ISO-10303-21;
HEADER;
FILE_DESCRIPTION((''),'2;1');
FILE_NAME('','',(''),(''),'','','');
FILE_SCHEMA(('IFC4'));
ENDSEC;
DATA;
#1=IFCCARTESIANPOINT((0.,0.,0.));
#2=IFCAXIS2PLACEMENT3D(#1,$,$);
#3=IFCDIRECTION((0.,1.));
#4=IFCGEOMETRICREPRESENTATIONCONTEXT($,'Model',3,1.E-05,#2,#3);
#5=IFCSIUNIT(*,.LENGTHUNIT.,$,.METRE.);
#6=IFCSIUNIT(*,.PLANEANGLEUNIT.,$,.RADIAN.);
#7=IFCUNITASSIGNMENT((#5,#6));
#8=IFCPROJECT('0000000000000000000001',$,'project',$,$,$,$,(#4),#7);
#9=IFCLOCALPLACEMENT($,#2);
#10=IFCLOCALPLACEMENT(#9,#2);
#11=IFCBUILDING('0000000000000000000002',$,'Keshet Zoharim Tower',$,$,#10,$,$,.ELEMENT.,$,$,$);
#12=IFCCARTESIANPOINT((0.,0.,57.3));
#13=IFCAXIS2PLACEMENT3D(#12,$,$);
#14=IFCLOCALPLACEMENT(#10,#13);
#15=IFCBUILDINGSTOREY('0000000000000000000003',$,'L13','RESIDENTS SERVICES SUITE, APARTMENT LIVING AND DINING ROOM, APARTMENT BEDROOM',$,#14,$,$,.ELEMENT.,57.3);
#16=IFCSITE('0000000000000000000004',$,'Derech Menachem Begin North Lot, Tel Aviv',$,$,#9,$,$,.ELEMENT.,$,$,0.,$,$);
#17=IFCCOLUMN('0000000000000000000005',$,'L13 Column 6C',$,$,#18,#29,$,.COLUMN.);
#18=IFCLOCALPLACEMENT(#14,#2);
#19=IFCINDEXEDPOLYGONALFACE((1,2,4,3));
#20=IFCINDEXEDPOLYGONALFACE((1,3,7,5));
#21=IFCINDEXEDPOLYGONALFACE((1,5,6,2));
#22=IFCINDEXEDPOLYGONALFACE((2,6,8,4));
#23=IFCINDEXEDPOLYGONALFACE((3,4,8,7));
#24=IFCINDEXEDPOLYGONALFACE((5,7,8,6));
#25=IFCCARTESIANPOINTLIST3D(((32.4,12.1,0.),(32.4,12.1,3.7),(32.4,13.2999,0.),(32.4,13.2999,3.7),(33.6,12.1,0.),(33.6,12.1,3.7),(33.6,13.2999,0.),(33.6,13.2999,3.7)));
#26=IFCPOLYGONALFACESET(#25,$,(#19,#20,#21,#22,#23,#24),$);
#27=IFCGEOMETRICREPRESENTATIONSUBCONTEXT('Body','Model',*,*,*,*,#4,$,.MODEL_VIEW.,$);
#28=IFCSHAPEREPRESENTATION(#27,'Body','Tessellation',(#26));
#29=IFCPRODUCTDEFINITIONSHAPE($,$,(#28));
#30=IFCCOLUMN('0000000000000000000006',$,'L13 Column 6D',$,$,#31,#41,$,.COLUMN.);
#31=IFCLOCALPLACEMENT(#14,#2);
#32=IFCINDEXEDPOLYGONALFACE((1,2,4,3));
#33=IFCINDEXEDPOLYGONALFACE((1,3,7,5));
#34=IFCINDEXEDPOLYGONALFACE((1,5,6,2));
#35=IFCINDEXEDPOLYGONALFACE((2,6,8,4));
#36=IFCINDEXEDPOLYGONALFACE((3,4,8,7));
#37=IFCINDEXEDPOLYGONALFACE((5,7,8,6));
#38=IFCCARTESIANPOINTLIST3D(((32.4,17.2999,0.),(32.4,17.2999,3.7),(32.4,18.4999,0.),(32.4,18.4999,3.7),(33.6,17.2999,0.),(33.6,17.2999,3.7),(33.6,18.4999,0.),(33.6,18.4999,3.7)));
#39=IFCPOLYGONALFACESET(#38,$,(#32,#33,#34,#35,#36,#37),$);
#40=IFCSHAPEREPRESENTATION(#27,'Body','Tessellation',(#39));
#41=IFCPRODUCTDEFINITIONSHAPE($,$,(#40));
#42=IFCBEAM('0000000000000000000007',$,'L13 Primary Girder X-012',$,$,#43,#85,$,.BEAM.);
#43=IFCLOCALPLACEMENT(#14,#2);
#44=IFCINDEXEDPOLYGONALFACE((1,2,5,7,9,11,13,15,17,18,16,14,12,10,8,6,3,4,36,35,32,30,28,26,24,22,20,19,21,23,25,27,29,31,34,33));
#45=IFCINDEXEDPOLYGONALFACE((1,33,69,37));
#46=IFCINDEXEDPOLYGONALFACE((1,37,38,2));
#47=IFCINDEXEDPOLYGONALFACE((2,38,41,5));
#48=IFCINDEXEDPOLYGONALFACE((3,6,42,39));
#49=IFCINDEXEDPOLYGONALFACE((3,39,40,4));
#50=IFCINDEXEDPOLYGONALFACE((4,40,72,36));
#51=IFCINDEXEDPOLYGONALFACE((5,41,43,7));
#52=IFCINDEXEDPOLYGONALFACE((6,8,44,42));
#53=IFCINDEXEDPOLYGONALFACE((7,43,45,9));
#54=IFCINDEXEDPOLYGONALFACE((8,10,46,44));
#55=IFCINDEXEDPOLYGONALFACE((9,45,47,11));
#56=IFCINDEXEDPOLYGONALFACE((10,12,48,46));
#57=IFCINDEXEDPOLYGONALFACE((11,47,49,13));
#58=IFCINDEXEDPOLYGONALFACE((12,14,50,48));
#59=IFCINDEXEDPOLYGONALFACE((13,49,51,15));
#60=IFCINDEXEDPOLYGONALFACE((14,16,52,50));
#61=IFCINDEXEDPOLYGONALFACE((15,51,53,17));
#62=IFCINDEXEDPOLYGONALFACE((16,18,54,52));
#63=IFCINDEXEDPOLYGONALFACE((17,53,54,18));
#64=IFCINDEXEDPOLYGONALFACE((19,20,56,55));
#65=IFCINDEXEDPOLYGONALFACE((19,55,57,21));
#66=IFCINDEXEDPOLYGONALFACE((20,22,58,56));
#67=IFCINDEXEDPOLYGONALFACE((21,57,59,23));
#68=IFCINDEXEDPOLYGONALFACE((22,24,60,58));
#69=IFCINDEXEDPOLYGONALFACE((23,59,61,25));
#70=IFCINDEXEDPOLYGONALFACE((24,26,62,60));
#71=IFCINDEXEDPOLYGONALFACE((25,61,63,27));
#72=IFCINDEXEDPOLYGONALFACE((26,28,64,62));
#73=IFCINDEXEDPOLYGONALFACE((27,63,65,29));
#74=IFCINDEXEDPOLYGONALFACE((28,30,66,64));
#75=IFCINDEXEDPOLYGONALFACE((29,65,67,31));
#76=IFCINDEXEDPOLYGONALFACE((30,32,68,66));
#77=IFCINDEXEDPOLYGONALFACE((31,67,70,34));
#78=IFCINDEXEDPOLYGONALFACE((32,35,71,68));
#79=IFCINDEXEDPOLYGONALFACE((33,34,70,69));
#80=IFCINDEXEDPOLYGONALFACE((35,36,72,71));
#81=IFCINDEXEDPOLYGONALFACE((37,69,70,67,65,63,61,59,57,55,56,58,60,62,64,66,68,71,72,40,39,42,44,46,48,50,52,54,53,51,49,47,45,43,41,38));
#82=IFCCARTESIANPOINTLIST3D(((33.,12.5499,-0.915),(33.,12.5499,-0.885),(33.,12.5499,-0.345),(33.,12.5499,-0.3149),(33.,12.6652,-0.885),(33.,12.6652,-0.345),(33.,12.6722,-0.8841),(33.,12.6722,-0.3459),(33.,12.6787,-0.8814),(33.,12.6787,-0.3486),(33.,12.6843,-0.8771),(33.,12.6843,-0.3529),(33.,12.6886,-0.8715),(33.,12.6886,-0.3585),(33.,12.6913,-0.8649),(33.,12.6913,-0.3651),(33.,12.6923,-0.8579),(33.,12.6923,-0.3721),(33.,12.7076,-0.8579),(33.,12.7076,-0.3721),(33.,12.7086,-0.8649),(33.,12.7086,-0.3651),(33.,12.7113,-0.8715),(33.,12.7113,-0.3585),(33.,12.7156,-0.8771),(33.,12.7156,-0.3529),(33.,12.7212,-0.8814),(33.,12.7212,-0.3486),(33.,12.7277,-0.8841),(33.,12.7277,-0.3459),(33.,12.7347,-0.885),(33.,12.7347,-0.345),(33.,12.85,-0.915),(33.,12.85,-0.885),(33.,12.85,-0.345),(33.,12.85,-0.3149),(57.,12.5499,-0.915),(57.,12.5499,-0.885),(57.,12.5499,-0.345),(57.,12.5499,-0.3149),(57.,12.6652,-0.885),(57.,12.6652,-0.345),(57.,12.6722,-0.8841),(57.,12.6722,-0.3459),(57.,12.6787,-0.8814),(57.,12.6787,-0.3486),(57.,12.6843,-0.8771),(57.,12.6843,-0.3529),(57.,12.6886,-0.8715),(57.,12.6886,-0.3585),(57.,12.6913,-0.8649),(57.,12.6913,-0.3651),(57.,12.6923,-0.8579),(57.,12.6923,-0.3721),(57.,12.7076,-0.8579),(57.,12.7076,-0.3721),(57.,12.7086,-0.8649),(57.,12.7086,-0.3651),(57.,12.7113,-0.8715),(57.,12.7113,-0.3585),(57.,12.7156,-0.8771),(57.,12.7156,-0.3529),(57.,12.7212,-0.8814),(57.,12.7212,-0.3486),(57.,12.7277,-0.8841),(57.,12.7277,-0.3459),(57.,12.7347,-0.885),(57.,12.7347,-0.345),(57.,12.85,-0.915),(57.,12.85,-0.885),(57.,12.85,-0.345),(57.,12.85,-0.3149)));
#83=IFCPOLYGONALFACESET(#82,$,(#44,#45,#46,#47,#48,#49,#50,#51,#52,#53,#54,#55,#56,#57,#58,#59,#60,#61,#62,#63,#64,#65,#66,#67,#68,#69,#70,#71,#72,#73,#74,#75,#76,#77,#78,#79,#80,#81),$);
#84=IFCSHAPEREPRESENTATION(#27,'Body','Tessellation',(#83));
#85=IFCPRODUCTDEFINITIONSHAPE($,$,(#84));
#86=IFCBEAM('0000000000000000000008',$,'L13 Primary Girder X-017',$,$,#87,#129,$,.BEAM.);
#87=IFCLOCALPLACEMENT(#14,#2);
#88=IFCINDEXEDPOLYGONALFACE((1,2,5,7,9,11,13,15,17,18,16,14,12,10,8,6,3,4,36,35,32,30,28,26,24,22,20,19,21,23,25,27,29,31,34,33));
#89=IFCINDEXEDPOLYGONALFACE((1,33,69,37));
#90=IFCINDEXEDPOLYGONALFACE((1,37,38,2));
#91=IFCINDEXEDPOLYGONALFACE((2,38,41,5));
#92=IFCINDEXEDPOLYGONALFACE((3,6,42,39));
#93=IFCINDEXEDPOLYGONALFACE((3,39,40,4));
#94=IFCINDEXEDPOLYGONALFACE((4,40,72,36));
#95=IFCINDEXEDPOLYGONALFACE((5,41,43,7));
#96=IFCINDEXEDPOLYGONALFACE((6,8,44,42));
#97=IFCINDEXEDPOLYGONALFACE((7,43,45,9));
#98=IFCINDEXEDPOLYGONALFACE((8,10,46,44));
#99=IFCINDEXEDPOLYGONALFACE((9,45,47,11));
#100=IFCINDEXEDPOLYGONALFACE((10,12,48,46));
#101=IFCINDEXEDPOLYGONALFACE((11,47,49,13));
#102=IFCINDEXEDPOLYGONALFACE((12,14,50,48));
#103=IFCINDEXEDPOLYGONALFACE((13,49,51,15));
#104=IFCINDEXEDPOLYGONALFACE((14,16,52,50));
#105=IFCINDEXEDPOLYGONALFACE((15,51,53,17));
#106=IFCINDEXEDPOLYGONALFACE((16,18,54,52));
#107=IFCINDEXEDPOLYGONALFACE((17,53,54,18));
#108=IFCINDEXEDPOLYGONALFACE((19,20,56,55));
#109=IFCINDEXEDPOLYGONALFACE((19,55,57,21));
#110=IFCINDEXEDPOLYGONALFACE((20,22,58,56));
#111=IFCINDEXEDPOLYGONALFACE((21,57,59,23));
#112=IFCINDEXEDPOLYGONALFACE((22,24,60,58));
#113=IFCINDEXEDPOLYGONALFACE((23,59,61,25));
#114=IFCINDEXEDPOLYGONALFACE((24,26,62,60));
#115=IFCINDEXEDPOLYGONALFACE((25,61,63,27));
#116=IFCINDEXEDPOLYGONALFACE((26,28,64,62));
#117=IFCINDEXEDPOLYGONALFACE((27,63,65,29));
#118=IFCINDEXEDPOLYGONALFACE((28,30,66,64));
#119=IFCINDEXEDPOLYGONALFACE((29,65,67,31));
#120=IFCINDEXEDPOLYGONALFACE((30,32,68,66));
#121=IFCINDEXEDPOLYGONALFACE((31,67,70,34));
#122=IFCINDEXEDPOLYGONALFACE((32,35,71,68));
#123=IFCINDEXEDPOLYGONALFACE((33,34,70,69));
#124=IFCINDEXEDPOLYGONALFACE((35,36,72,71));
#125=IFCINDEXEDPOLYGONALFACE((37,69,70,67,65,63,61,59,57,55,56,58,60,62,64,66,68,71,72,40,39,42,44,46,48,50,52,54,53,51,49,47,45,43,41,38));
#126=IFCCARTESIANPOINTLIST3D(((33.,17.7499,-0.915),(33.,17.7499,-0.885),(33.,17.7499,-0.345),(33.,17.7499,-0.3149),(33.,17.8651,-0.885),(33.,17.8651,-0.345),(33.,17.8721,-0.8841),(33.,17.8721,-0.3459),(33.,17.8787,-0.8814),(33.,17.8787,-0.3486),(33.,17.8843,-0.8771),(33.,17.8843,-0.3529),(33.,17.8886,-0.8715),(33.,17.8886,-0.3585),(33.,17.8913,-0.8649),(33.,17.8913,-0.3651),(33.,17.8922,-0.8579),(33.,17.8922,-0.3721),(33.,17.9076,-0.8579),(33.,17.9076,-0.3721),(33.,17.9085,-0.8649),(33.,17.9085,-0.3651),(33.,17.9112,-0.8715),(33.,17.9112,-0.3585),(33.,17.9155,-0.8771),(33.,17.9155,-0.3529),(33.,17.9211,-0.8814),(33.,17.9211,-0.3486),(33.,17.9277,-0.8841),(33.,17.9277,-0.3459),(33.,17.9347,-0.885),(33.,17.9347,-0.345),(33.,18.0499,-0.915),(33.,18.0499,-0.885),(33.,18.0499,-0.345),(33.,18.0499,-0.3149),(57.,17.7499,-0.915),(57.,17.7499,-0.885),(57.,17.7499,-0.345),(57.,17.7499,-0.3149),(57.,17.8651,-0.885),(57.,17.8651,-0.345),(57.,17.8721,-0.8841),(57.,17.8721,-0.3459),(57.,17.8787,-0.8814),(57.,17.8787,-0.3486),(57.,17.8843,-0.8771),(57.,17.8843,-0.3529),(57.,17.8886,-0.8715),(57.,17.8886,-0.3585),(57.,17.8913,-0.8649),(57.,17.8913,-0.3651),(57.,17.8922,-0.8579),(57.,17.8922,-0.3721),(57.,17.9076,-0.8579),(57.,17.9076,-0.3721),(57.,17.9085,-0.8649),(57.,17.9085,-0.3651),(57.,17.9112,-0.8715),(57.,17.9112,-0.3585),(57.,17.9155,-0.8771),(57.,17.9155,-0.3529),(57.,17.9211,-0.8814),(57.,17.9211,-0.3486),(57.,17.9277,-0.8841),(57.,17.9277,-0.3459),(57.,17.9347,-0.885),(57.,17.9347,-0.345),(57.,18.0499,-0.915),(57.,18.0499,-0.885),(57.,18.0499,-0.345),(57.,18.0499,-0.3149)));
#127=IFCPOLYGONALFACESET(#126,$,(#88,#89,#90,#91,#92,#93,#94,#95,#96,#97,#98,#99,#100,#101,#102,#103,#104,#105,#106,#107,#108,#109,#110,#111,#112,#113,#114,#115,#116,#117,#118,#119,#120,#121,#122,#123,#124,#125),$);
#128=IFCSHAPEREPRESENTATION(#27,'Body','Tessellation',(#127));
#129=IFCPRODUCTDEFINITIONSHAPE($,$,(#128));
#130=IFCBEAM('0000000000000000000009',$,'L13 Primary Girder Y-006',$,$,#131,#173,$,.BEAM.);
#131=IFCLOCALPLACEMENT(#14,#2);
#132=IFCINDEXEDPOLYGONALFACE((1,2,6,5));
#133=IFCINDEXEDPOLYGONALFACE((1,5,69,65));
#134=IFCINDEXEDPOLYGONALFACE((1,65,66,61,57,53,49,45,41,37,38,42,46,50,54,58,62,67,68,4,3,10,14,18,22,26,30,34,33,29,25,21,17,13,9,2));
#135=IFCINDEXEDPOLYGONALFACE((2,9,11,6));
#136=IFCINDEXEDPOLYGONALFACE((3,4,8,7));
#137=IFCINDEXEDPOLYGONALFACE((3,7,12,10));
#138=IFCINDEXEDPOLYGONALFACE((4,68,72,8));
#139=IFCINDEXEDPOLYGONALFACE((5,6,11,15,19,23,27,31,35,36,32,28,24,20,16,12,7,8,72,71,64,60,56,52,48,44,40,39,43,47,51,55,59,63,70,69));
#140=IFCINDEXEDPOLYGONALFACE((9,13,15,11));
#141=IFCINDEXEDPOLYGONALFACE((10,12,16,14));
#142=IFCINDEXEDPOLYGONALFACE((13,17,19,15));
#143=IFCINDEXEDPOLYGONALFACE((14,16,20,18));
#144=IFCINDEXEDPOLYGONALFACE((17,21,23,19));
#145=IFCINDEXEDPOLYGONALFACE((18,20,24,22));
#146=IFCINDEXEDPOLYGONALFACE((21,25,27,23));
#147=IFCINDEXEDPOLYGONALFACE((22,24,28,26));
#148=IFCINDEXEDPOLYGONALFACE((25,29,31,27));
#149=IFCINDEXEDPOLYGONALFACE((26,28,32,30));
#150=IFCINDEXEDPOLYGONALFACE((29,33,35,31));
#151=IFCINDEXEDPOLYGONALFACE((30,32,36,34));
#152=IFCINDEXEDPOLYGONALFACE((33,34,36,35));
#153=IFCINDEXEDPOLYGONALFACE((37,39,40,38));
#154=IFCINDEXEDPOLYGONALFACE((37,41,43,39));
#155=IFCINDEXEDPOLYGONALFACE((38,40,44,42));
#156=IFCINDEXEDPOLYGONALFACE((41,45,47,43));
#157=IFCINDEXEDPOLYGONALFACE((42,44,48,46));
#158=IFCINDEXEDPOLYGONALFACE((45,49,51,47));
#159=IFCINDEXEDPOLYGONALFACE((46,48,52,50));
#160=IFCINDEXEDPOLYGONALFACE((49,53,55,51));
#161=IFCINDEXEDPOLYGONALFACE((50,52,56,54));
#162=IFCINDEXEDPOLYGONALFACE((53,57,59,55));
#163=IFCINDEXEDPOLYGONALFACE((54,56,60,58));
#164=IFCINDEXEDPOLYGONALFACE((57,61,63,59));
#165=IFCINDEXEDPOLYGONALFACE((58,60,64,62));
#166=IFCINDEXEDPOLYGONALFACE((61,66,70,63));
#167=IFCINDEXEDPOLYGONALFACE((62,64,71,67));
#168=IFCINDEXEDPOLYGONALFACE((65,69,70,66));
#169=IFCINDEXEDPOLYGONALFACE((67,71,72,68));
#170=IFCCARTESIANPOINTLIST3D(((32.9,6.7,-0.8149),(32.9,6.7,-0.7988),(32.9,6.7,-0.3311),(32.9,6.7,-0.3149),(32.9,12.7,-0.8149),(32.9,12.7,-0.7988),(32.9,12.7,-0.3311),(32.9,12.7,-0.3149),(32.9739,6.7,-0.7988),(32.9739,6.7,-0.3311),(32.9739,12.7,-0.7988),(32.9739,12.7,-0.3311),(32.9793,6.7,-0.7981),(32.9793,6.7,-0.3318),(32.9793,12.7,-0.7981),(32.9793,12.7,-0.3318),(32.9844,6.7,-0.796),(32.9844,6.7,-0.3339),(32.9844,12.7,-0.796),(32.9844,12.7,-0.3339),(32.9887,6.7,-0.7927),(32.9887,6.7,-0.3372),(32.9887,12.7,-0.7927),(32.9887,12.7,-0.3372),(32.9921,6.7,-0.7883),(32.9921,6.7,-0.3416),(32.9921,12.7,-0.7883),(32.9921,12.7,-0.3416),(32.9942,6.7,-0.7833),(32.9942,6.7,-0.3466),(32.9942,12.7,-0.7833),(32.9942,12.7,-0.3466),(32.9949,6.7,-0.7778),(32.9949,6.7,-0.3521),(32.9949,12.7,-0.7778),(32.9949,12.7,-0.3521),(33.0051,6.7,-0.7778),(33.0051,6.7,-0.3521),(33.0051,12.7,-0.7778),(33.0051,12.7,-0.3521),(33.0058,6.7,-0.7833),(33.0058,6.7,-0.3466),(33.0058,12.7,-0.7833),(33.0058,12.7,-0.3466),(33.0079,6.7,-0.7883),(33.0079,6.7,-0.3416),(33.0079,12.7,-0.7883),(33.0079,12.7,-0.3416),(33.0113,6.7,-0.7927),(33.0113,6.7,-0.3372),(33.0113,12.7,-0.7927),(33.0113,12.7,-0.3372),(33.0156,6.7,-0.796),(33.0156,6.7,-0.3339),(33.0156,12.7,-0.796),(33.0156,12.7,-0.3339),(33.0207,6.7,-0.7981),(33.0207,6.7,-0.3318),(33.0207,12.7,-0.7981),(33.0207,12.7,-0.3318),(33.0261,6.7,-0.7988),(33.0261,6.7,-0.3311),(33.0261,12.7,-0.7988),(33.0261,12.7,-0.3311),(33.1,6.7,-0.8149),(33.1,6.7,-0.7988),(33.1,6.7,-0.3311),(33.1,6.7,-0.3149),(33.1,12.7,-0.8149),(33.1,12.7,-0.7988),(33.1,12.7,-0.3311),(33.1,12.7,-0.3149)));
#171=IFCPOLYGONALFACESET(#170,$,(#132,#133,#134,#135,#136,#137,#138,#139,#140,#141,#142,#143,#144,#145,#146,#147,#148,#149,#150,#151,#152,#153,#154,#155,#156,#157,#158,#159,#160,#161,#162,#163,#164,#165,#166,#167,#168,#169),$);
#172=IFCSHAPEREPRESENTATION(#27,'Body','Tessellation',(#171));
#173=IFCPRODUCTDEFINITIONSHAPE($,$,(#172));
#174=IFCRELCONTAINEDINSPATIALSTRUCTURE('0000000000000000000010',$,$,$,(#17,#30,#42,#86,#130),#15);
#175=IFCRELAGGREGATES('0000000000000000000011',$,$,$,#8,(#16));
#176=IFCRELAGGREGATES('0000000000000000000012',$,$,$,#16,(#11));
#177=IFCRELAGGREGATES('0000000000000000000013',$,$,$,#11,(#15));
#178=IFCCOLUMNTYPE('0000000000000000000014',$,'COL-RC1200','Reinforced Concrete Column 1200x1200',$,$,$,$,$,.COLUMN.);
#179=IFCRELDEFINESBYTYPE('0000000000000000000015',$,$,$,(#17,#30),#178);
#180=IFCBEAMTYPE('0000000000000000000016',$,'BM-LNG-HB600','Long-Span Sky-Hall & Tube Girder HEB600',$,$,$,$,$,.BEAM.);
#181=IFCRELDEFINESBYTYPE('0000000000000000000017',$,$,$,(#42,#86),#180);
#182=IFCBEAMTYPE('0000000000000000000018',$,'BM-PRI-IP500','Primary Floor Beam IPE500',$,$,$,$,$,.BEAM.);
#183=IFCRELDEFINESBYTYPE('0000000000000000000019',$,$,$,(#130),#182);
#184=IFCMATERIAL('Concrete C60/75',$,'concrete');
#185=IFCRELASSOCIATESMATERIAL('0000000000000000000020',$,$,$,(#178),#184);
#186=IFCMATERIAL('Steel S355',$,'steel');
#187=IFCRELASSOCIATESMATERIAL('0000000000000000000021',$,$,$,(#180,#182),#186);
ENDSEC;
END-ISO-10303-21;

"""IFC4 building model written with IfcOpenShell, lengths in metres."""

from ifc_helpers import new_model, si_unit, direction, frame, origin, origin_2d, place, context, subcontext, project, spatial, rectangle, i_section, extrude, material, material_profile, profile_set, type_object, element, save


model = new_model("IFC4")

# Units and contexts
model_context = context("Model", 3, precision=1e-05, world=origin(), true_north=direction((0.0, 1.0)))
body_context = subcontext(model_context, "Body", "Model", "MODEL_VIEW")
ifc_project = project(units=[si_unit("LENGTHUNIT", "METRE"), si_unit("PLANEANGLEUNIT", "RADIAN")], contexts=[model_context])

# Site, building, storey
site_placement = place(None, origin())
site = spatial("IfcSite", under=ifc_project, at=site_placement, Name="Derech Menachem Begin North Lot, Tel Aviv", CompositionType="ELEMENT", RefElevation=0.0)
building_placement = place(site_placement, origin())
building = spatial("IfcBuilding", under=site, at=building_placement, Name="Keshet Zoharim Tower", CompositionType="ELEMENT")
storey_placement = place(building_placement, frame((0.0, 0.0, 57.3)))
storey = spatial("IfcBuildingStorey", under=building, at=storey_placement, Name="L13", Description="RESIDENTS SERVICES SUITE, APARTMENT LIVING AND DINING ROOM, APARTMENT BEDROOM", CompositionType="ELEMENT", Elevation=57.3)

# Columns
ifc_material_1 = material(Name="Concrete C60/75", Category="concrete")
ifc_material_profile_1 = material_profile(ifc_material_1, rectangle(XDim=1.2, YDim=1.2, at=origin_2d()), Name="RC1200x1200")
ifc_profile_set_1 = profile_set([ifc_material_profile_1], Name="Concrete C60/75")
column_type = type_object("IfcColumnType", Name="COL-RC1200", Description="Reinforced Concrete Column 1200x1200", PredefinedType="COLUMN", material=ifc_profile_set_1)
for number, where, z_axis, x_axis, name in (
    (1, (33.0, 12.7, 0.0), (0.0, 0.0, 1.0), (1.0, 0.0, 0.0), "L13 Column 6C"),
    (2, (33.0, 17.8999, 0.0), (0.0, 0.0, 1.0), (1.0, 0.0, 0.0), "L13 Column 6D"),
):
    element("IfcColumn", number, at=place(storey_placement, frame(where, z_axis=z_axis, x_axis=x_axis)), inside=storey, type_object=column_type, Name=name, PredefinedType="COLUMN", context=body_context, shape_type="SweptSolid", body=[
        extrude(rectangle(XDim=1.2, YDim=1.2, at=origin_2d()), origin(), (0.0, 0.0, 1.0), 3.7),
    ])

# Beams
ifc_material_2 = material(Name="Steel S355", Category="steel")
ifc_material_profile_2 = material_profile(ifc_material_2, i_section(OverallWidth=0.3, OverallDepth=0.6001, WebThickness=0.0154, FlangeThickness=0.03, FilletRadius=0.0271, at=origin_2d()), Name="HEB600")
ifc_profile_set_2 = profile_set([ifc_material_profile_2], Name="Steel S355")
beam_type_1 = type_object("IfcBeamType", Name="BM-LNG-HB600", Description="Long-Span Sky-Hall & Tube Girder HEB600", PredefinedType="BEAM", material=ifc_profile_set_2)
for number, where, z_axis, x_axis, name in (
    (3, (33.0, 12.7, -0.615), (1.0, 0.0, 0.0), (0.0, 1.0, 0.0), "L13 Primary Girder X-012"),
    (4, (33.0, 17.8999, -0.615), (1.0, 0.0, 0.0), (0.0, 1.0, 0.0), "L13 Primary Girder X-017"),
):
    element("IfcBeam", number, at=place(storey_placement, frame(where, z_axis=z_axis, x_axis=x_axis)), inside=storey, type_object=beam_type_1, Name=name, PredefinedType="BEAM", context=body_context, shape_type="SweptSolid", body=[
        extrude(i_section(OverallWidth=0.3, OverallDepth=0.6001, WebThickness=0.0154, FlangeThickness=0.03, FilletRadius=0.0271, at=origin_2d()), origin(), (0.0, 0.0, 1.0), 24.0),
    ])
ifc_material_profile_3 = material_profile(ifc_material_2, i_section(OverallWidth=0.2, OverallDepth=0.5, WebThickness=0.0103, FlangeThickness=0.0161, FilletRadius=0.021, at=origin_2d()), Name="IPE500")
ifc_profile_set_3 = profile_set([ifc_material_profile_3], Name="Steel S355")
beam_type_2 = type_object("IfcBeamType", Name="BM-PRI-IP500", Description="Primary Floor Beam IPE500", PredefinedType="BEAM", material=ifc_profile_set_3)
beam_1_placement = place(storey_placement, frame((33.0, 6.7, -0.5649), z_axis=(0.0, 1.0, 0.0), x_axis=(-1.0, 0.0, 0.0)))
element("IfcBeam", 5, at=beam_1_placement, inside=storey, type_object=beam_type_2, Name="L13 Primary Girder Y-006", PredefinedType="BEAM", context=body_context, shape_type="SweptSolid", body=[
    extrude(i_section(OverallWidth=0.2, OverallDepth=0.5, WebThickness=0.0103, FlangeThickness=0.0161, FilletRadius=0.021, at=origin_2d()), origin(), (0.0, 0.0, 1.0), 6.0),
])

save(model, "model.ifc")
